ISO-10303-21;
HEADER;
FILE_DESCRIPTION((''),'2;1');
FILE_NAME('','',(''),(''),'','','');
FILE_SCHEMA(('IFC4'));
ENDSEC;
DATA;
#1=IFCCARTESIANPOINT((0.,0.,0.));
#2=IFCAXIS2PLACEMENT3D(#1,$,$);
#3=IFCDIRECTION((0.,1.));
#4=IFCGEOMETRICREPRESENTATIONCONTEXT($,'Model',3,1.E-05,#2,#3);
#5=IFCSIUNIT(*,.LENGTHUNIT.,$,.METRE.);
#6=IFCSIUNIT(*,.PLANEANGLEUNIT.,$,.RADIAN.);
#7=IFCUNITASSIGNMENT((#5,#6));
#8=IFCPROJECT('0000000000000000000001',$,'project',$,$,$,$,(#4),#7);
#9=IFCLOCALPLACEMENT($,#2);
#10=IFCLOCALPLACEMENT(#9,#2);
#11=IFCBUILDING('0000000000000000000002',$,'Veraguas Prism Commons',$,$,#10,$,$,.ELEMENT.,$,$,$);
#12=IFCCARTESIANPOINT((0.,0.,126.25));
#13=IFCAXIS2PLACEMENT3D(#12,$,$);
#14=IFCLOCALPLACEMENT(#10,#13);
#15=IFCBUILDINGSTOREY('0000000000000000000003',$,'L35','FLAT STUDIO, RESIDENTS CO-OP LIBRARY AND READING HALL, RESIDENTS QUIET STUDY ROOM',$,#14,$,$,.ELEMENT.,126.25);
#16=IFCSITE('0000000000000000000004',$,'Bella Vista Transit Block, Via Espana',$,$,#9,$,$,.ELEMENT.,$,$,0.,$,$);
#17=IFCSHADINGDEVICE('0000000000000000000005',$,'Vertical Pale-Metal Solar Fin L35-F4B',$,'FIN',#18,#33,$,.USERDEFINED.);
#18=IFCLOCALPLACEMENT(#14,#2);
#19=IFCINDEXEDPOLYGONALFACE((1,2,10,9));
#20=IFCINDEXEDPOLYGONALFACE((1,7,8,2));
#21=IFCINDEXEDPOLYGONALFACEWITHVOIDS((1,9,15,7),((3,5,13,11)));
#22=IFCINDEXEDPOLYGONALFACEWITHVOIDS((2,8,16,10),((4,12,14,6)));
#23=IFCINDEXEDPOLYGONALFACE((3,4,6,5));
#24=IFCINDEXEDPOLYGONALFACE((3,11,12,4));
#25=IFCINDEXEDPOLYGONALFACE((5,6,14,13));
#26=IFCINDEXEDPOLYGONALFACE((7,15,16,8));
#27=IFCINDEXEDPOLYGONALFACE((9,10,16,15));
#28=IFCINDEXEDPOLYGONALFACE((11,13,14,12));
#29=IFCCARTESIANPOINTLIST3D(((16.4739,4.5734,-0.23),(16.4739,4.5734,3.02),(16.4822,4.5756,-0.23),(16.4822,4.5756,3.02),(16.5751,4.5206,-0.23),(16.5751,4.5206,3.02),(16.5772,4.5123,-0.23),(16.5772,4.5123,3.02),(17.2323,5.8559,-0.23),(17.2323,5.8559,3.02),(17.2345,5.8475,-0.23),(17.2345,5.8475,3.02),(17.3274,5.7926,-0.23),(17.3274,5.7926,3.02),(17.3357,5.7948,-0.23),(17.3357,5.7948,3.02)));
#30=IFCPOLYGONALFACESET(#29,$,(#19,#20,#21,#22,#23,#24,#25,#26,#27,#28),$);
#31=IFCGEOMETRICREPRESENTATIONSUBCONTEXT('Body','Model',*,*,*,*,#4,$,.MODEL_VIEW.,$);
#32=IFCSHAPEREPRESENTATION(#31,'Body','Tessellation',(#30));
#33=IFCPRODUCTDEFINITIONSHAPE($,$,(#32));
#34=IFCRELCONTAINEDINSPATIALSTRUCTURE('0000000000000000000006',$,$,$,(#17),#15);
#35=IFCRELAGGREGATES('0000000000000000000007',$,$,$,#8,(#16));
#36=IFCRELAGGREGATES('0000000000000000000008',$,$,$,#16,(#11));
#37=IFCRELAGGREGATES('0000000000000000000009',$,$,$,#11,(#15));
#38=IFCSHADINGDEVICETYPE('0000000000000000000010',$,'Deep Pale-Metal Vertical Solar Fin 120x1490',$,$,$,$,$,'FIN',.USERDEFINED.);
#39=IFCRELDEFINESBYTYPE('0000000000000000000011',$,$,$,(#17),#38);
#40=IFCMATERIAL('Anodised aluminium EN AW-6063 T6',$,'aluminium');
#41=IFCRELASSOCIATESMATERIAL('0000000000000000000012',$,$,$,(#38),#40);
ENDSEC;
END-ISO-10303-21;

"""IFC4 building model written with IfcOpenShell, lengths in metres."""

from ifc_helpers import new_model, si_unit, direction, frame, origin, origin_2d, place, context, subcontext, project, spatial, hollow_rectangle, extrude, material, material_profile, profile_set, type_object, element, save


model = new_model("IFC4")

# Units and contexts
model_context = context("Model", 3, precision=1e-05, world=origin(), true_north=direction((0.0, 1.0)))
body_context = subcontext(model_context, "Body", "Model", "MODEL_VIEW")
ifc_project = project(units=[si_unit("LENGTHUNIT", "METRE"), si_unit("PLANEANGLEUNIT", "RADIAN")], contexts=[model_context])

# Site, building, storey
site_placement = place(None, origin())
site = spatial("IfcSite", under=ifc_project, at=site_placement, Name="Bella Vista Transit Block, Via Espana", CompositionType="ELEMENT", RefElevation=0.0)
building_placement = place(site_placement, origin())
building = spatial("IfcBuilding", under=site, at=building_placement, Name="Veraguas Prism Commons", CompositionType="ELEMENT")
storey_placement = place(building_placement, frame((0.0, 0.0, 126.25)))
storey = spatial("IfcBuildingStorey", under=building, at=storey_placement, Name="L35", Description="FLAT STUDIO, RESIDENTS CO-OP LIBRARY AND READING HALL, RESIDENTS QUIET STUDY ROOM", CompositionType="ELEMENT", Elevation=126.25)

# Shared definitions
ifc_material_1 = material(Name="Anodised aluminium EN AW-6063 T6", Category="aluminium")

# Shading device
ifc_material_profile_1 = material_profile(ifc_material_1, hollow_rectangle(XDim=0.1201, YDim=1.49, WallThickness=0.0061, at=origin_2d()), Name="FIN120X1490X6")
ifc_profile_set_1 = profile_set([ifc_material_profile_1], Name="Anodised aluminium EN AW-6063 T6")
shading_device_type = type_object("IfcShadingDeviceType", Name="Deep Pale-Metal Vertical Solar Fin 120x1490", ElementType="FIN", PredefinedType="USERDEFINED", material=ifc_profile_set_1)
shading_device_placement = place(storey_placement, frame((16.9048, 5.1841, -0.23), z_axis=(0.0, 0.0, 1.0), x_axis=(0.860743, -0.50904, 0.0)))
element("IfcShadingDevice", 1, at=shading_device_placement, inside=storey, type_object=shading_device_type, Name="Vertical Pale-Metal Solar Fin L35-F4B", ObjectType="FIN", PredefinedType="USERDEFINED", context=body_context, shape_type="SweptSolid", body=[
    extrude(hollow_rectangle(XDim=0.1201, YDim=1.49, WallThickness=0.0061, at=origin_2d()), origin(), (0.0, 0.0, 1.0), 3.25),
])

save(model, "model.ifc")
